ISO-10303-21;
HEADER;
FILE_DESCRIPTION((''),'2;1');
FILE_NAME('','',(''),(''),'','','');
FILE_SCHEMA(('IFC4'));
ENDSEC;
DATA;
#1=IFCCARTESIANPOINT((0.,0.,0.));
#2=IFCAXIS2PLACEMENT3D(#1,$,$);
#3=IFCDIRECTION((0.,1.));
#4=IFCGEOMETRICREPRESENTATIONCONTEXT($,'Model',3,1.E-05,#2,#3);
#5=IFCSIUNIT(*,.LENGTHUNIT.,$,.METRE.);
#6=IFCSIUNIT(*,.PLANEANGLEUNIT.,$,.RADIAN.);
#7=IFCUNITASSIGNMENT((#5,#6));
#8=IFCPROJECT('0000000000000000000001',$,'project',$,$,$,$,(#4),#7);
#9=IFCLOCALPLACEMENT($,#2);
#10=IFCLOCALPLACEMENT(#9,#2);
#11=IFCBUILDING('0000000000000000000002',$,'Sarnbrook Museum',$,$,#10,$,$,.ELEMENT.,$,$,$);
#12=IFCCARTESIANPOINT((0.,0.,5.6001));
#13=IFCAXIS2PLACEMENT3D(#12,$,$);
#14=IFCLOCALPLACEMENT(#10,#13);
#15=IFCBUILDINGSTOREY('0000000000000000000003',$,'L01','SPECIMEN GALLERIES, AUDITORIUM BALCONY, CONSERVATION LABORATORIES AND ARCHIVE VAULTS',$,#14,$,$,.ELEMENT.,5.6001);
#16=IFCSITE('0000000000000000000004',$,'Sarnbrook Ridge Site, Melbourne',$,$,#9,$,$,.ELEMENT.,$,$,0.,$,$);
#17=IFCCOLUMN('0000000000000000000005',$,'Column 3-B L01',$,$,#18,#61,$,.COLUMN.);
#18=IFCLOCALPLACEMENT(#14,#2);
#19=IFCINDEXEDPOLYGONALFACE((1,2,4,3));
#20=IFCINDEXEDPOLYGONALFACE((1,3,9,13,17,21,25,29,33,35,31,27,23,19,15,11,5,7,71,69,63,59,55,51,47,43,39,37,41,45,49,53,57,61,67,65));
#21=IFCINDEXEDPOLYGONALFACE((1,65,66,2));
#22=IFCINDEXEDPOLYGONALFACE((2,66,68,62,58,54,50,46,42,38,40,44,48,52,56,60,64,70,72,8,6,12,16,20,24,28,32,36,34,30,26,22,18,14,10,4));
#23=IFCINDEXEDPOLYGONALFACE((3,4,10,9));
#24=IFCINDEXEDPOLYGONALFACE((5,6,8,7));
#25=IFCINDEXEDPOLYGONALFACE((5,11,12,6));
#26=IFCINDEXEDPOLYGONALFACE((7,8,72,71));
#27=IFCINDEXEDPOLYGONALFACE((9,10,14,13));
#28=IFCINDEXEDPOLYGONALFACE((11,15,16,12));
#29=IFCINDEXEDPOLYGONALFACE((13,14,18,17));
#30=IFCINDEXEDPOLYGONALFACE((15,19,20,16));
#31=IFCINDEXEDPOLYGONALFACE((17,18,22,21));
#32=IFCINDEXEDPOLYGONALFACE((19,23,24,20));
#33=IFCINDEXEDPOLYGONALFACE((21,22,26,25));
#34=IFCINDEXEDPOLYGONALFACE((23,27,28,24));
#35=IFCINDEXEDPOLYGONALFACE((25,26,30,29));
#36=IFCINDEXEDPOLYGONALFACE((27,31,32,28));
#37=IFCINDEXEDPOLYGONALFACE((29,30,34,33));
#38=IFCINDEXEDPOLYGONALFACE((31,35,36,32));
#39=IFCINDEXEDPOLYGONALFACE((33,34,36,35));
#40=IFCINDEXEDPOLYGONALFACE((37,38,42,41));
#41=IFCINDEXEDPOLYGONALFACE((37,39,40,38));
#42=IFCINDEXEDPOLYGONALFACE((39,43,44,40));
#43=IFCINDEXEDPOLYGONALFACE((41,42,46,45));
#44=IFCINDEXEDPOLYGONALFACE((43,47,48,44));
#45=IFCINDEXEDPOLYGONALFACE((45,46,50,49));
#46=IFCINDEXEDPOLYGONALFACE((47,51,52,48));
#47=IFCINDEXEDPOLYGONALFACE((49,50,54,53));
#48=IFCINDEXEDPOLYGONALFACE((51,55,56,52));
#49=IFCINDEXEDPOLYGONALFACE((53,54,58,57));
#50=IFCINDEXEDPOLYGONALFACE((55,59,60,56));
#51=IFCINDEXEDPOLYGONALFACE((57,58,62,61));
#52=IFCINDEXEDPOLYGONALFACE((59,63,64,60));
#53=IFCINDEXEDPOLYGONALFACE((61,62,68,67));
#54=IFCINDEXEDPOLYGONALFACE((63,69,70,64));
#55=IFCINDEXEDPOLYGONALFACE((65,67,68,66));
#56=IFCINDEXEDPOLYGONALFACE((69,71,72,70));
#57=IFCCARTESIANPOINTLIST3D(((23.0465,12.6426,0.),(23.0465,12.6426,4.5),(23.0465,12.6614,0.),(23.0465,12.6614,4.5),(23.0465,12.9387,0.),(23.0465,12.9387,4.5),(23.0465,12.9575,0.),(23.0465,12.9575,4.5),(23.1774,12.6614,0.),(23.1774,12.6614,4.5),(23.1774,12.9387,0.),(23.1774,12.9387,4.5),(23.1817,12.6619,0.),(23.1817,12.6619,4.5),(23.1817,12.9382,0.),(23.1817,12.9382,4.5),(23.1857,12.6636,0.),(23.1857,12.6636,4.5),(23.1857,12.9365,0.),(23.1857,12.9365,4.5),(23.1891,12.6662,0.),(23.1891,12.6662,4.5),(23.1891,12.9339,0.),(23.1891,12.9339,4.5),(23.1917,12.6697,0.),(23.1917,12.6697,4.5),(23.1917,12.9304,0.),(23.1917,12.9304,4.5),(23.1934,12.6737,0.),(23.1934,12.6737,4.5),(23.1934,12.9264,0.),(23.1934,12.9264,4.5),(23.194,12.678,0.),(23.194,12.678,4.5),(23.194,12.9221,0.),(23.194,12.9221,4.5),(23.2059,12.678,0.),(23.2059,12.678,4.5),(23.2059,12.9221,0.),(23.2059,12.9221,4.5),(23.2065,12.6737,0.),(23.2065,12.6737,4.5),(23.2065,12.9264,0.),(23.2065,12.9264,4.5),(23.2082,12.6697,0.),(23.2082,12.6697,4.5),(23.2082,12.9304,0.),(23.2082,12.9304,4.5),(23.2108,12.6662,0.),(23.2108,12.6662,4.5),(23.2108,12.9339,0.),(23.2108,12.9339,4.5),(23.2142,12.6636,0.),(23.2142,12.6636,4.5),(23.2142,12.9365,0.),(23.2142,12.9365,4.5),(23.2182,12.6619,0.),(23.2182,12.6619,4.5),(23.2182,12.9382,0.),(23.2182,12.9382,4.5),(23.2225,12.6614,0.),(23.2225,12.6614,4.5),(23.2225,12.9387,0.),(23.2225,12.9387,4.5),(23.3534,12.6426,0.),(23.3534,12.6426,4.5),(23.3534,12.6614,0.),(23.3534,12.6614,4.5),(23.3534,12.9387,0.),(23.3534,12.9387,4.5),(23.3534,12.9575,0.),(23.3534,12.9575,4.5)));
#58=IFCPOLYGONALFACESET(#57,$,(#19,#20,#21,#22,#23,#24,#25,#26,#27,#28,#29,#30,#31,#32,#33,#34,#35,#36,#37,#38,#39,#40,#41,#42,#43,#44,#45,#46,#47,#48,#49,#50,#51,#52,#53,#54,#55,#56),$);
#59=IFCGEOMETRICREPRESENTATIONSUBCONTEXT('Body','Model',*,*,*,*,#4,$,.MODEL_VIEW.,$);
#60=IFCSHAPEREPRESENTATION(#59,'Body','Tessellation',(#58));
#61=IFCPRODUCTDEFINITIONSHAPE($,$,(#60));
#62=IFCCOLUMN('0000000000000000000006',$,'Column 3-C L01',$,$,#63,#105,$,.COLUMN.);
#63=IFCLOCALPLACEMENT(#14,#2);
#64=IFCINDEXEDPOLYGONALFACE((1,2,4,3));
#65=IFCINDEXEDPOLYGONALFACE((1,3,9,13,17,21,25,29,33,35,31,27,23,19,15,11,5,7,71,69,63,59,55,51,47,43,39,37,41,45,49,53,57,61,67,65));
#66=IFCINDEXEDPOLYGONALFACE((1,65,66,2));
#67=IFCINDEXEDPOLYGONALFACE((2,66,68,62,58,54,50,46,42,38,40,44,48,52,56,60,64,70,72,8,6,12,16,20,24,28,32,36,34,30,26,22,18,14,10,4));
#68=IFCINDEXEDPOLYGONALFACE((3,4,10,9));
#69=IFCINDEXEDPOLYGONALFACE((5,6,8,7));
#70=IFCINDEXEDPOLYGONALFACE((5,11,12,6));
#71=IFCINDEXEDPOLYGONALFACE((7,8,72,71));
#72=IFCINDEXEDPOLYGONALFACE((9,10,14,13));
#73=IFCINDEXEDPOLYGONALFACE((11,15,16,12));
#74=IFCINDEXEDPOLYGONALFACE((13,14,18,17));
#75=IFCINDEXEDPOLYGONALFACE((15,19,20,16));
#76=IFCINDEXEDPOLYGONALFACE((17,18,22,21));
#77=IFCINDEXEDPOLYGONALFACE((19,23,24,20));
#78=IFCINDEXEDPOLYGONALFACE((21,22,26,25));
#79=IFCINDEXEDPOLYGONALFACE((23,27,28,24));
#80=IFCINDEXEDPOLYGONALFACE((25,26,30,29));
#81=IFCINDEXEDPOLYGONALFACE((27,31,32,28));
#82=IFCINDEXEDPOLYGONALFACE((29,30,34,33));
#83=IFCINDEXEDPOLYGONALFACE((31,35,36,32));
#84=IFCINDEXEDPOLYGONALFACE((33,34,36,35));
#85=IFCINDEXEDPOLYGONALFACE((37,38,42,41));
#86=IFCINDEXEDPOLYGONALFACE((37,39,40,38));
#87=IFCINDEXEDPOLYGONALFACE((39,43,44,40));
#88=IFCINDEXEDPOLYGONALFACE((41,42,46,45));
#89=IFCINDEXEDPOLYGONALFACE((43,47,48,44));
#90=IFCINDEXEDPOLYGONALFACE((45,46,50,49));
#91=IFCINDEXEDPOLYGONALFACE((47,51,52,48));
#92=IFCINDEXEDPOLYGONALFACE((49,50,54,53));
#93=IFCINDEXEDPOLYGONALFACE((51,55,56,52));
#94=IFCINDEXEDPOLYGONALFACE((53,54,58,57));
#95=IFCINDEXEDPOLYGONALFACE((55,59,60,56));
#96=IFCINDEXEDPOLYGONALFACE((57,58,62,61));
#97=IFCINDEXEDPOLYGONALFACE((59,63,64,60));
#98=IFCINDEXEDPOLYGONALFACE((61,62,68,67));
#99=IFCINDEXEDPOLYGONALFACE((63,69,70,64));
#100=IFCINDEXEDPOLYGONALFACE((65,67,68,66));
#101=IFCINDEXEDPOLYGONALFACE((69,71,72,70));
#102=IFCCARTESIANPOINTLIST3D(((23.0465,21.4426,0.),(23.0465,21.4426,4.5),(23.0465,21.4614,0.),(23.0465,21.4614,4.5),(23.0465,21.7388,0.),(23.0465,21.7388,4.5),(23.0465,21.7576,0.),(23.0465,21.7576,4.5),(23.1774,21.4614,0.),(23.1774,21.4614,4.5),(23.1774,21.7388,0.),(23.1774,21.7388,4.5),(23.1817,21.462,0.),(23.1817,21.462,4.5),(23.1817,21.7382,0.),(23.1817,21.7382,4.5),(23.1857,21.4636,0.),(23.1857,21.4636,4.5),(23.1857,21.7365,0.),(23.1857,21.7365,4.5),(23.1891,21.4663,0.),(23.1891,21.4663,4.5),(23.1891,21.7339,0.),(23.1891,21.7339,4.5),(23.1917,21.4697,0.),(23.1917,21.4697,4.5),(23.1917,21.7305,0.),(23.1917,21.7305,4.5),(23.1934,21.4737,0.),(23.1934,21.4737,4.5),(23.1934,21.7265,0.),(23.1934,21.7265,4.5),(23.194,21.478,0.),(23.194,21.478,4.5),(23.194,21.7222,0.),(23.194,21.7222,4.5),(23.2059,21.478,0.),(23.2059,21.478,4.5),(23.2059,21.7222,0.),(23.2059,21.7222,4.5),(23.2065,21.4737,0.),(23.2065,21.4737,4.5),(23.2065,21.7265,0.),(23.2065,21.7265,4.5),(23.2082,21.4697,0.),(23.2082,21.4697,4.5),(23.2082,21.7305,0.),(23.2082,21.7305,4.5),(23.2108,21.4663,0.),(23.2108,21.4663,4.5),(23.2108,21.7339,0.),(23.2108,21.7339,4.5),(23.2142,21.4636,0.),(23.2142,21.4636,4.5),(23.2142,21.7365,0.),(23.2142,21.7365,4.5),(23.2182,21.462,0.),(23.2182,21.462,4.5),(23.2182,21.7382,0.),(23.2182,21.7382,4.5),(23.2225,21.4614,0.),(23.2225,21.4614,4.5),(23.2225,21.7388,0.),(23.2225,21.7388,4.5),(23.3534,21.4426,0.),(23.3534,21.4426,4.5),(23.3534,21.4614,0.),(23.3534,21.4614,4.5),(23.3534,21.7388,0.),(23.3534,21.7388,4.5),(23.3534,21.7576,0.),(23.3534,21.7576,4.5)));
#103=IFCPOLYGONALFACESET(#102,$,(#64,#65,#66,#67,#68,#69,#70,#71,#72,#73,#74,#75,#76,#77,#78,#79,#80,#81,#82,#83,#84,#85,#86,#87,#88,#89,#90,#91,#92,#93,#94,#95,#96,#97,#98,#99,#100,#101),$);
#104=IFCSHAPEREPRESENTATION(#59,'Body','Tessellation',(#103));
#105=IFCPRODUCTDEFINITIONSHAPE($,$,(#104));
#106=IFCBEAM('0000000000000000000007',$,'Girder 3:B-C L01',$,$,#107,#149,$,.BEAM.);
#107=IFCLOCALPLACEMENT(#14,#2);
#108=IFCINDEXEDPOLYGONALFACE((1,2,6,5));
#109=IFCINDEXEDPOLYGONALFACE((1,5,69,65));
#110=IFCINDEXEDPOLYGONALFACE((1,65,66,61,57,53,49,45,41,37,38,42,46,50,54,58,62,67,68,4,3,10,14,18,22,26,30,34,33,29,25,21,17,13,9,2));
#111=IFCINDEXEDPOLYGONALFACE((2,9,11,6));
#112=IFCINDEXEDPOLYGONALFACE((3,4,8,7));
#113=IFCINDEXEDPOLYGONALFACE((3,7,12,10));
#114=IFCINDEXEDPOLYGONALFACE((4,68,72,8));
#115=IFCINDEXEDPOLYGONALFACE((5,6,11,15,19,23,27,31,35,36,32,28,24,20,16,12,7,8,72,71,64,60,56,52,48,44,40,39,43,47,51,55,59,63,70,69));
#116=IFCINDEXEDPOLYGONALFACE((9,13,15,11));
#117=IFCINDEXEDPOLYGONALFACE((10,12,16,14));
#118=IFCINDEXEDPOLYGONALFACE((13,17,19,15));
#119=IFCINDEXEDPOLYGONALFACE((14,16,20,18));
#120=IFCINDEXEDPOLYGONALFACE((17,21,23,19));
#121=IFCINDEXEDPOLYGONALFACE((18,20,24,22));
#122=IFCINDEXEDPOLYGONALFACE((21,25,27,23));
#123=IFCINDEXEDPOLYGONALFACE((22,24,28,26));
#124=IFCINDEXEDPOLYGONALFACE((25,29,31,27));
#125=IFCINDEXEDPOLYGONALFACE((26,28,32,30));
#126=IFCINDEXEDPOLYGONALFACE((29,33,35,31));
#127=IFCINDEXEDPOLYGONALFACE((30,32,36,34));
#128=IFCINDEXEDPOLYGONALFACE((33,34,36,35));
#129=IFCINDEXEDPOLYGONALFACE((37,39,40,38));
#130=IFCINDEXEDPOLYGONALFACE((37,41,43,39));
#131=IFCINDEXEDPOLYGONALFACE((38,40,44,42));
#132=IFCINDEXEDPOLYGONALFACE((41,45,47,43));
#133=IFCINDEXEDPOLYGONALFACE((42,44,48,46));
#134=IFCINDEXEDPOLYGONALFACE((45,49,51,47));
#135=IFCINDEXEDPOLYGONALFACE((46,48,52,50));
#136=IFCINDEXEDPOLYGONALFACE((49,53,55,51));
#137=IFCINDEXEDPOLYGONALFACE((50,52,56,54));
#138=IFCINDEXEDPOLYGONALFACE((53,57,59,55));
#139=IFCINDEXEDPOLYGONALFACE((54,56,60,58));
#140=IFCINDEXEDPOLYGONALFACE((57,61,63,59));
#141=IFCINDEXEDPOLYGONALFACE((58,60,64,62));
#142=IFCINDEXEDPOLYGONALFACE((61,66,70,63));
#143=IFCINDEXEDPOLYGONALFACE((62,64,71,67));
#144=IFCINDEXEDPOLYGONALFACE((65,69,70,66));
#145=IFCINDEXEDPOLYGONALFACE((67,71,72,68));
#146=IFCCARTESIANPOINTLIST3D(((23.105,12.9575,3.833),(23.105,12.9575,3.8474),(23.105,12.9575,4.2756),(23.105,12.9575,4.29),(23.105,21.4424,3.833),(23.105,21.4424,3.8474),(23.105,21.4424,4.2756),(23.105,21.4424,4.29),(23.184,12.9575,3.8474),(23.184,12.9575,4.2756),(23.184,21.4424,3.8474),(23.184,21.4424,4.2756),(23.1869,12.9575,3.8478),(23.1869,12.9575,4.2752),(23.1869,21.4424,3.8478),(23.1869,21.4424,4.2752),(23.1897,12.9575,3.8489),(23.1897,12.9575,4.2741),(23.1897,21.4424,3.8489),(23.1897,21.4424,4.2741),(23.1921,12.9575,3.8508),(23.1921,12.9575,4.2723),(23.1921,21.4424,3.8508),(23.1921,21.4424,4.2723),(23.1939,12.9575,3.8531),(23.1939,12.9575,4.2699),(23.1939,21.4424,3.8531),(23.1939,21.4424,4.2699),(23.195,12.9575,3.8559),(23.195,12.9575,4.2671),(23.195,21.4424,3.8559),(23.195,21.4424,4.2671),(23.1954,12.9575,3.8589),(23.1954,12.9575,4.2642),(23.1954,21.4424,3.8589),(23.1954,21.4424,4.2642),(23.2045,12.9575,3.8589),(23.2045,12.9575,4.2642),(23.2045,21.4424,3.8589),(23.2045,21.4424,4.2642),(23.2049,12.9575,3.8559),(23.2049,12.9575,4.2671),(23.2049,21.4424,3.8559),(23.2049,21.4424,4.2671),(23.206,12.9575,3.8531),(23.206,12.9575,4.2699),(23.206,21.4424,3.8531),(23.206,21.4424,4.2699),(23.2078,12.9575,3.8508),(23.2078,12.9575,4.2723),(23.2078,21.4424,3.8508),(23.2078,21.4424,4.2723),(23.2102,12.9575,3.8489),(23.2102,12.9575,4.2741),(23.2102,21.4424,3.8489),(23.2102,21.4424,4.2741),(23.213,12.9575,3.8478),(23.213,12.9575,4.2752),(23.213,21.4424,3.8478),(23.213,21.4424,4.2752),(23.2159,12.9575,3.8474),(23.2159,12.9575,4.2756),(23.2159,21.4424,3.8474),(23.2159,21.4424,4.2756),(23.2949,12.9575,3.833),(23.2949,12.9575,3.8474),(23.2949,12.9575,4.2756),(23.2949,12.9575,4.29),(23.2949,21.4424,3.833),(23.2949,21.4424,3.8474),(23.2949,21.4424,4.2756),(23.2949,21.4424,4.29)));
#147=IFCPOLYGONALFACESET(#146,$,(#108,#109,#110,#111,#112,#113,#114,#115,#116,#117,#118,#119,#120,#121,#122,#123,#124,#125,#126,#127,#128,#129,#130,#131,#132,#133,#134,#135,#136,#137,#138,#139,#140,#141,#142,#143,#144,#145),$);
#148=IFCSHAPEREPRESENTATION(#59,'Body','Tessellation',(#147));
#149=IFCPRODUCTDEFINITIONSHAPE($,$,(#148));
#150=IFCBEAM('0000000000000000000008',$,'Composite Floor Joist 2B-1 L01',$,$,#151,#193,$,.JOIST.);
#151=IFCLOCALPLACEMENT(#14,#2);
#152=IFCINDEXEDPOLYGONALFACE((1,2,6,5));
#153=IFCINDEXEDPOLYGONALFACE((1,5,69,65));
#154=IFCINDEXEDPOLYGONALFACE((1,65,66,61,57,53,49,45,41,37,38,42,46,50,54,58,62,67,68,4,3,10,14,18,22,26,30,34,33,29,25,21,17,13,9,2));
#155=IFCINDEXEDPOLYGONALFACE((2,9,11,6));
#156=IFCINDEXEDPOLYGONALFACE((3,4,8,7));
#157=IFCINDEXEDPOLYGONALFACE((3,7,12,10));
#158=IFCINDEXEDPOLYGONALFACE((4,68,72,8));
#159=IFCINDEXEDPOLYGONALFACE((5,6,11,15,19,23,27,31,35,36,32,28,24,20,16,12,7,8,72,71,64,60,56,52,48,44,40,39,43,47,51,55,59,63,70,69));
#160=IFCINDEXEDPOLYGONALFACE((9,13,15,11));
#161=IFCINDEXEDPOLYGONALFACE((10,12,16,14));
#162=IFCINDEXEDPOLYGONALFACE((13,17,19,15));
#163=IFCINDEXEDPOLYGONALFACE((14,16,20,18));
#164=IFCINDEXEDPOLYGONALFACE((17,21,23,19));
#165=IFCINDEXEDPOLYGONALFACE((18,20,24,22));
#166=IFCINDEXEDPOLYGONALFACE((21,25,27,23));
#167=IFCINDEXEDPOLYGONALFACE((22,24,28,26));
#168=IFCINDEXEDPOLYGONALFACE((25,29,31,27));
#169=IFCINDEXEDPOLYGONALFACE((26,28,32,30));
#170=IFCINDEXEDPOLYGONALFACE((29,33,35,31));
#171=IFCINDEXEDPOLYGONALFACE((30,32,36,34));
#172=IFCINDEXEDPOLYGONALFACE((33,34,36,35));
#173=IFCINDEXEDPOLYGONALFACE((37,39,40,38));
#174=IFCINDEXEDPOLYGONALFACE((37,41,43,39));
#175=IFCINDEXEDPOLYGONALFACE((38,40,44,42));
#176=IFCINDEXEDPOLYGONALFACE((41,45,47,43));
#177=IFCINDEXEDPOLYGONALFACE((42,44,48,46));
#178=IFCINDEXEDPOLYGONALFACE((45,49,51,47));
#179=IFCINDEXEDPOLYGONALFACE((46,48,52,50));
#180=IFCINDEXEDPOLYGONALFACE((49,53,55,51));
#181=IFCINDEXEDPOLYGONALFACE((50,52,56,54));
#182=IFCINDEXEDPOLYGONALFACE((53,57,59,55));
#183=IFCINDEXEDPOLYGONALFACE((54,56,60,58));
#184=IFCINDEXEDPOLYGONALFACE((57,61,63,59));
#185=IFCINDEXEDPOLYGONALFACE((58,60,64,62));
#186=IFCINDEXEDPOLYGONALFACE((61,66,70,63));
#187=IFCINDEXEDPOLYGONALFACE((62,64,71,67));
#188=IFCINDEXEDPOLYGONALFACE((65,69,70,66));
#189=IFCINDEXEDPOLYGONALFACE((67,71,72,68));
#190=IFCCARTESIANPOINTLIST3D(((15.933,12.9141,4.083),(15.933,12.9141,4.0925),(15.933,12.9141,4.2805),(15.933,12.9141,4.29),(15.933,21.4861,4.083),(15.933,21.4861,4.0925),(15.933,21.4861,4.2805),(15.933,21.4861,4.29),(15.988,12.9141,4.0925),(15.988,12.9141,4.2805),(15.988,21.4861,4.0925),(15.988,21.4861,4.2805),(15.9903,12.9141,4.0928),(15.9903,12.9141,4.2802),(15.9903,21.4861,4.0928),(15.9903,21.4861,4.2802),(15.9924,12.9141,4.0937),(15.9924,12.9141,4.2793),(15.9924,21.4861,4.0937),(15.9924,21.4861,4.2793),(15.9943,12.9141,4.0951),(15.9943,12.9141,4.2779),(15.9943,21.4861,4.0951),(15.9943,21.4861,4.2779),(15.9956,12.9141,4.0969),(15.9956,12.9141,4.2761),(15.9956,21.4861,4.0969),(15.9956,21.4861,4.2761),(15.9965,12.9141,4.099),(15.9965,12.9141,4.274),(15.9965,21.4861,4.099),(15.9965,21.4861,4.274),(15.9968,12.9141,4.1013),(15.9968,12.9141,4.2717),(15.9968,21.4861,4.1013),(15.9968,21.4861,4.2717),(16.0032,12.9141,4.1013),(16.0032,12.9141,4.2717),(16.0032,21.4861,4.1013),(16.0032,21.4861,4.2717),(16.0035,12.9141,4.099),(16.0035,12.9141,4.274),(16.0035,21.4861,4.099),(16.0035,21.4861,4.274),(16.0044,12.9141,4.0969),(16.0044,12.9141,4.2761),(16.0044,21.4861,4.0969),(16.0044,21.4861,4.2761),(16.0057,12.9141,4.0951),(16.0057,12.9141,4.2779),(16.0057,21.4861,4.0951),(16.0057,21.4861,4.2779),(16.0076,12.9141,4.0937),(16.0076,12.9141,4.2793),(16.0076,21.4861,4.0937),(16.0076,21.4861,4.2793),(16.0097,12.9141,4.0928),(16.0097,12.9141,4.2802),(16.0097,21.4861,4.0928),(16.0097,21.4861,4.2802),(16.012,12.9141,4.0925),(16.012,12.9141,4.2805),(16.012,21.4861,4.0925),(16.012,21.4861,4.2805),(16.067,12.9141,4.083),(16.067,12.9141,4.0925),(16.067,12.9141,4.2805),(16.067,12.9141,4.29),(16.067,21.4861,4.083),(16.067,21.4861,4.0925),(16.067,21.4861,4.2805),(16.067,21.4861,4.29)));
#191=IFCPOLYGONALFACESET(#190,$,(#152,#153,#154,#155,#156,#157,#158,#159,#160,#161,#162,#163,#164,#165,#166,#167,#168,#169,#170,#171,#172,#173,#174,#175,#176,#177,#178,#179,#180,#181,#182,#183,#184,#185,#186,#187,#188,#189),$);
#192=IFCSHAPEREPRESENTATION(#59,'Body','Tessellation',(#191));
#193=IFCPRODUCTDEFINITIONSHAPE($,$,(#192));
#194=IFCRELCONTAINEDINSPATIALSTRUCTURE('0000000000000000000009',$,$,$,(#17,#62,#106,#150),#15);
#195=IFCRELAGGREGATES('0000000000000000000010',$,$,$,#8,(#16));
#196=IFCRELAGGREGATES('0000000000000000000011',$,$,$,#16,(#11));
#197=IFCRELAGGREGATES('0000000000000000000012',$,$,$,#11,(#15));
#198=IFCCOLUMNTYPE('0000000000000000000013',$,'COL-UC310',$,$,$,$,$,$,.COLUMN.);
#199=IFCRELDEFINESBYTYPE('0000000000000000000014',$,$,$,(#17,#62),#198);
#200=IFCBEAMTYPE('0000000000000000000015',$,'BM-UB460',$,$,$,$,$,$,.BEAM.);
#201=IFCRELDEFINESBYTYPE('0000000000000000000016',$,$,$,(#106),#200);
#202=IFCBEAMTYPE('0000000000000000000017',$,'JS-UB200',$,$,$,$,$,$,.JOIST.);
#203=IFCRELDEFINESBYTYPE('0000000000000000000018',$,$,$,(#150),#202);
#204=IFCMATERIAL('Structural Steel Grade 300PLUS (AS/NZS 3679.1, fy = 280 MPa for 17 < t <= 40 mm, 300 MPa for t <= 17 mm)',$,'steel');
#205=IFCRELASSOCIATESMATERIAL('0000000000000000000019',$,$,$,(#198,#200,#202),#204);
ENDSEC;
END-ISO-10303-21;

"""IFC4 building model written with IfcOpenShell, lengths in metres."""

from ifc_helpers import new_model, si_unit, direction, frame, origin, origin_2d, place, context, subcontext, project, spatial, i_section, extrude, material, material_profile, profile_set, type_object, element, save


model = new_model("IFC4")

# Units and contexts
model_context = context("Model", 3, precision=1e-05, world=origin(), true_north=direction((0.0, 1.0)))
body_context = subcontext(model_context, "Body", "Model", "MODEL_VIEW")
ifc_project = project(units=[si_unit("LENGTHUNIT", "METRE"), si_unit("PLANEANGLEUNIT", "RADIAN")], contexts=[model_context])

# Site, building, storey
site_placement = place(None, origin())
site = spatial("IfcSite", under=ifc_project, at=site_placement, Name="Sarnbrook Ridge Site, Melbourne", CompositionType="ELEMENT", RefElevation=0.0)
building_placement = place(site_placement, origin())
building = spatial("IfcBuilding", under=site, at=building_placement, Name="Sarnbrook Museum", CompositionType="ELEMENT")
storey_placement = place(building_placement, frame((0.0, 0.0, 5.6001)))
storey = spatial("IfcBuildingStorey", under=building, at=storey_placement, Name="L01", Description="SPECIMEN GALLERIES, AUDITORIUM BALCONY, CONSERVATION LABORATORIES AND ARCHIVE VAULTS", CompositionType="ELEMENT", Elevation=5.6001)

# Columns
ifc_material_1 = material(Name="Structural Steel Grade 300PLUS (AS/NZS 3679.1, fy = 280 MPa for 17 < t <= 40 mm, 300 MPa for t <= 17 mm)", Category="steel")
ifc_material_profile_1 = material_profile(ifc_material_1, i_section(OverallWidth=0.3069, OverallDepth=0.3149, WebThickness=0.012, FlangeThickness=0.0188, FilletRadius=0.0166, at=origin_2d()), Name="310UC118")
ifc_profile_set_1 = profile_set([ifc_material_profile_1], Name="Structural Steel Grade 300PLUS (AS/NZS 3679.1, fy = 280 MPa for 17 < t <= 40 mm, 300 MPa for t <= 17 mm)")
column_type = type_object("IfcColumnType", Name="COL-UC310", PredefinedType="COLUMN", material=ifc_profile_set_1)
for number, where, z_axis, x_axis, name in (
    (1, (23.2, 12.8, 0.0), (0.0, 0.0, 1.0), (1.0, 0.0, 0.0), "Column 3-B L01"),
    (2, (23.2, 21.6001, 0.0), (0.0, 0.0, 1.0), (1.0, 0.0, 0.0), "Column 3-C L01"),
):
    element("IfcColumn", number, at=place(storey_placement, frame(where, z_axis=z_axis, x_axis=x_axis)), inside=storey, type_object=column_type, Name=name, PredefinedType="COLUMN", context=body_context, shape_type="SweptSolid", body=[
        extrude(i_section(OverallWidth=0.3069, OverallDepth=0.3149, WebThickness=0.012, FlangeThickness=0.0188, FilletRadius=0.0166, at=origin_2d()), origin(), (0.0, 0.0, 1.0), 4.5),
    ])

# Beams
ifc_material_profile_2 = material_profile(ifc_material_1, i_section(OverallWidth=0.1899, OverallDepth=0.457, WebThickness=0.009, FlangeThickness=0.0144, FilletRadius=0.0115, at=origin_2d()), Name="460UB74.6")
ifc_profile_set_2 = profile_set([ifc_material_profile_2], Name="Structural Steel Grade 300PLUS (AS/NZS 3679.1, fy = 280 MPa for 17 < t <= 40 mm, 300 MPa for t <= 17 mm)")
beam_type_1 = type_object("IfcBeamType", Name="BM-UB460", PredefinedType="BEAM", material=ifc_profile_set_2)
beam_placement = place(storey_placement, frame((23.2, 12.9575, 4.0615), z_axis=(0.0, 1.0, 0.0), x_axis=(-1.0, 0.0, 0.0)))
element("IfcBeam", 3, at=beam_placement, inside=storey, type_object=beam_type_1, Name="Girder 3:B-C L01", PredefinedType="BEAM", context=body_context, shape_type="SweptSolid", body=[
    extrude(i_section(OverallWidth=0.1899, OverallDepth=0.457, WebThickness=0.009, FlangeThickness=0.0144, FilletRadius=0.0115, at=origin_2d()), origin(), (0.0, 0.0, 1.0), 8.4849),
])
ifc_material_profile_3 = material_profile(ifc_material_1, i_section(OverallWidth=0.134, OverallDepth=0.207, WebThickness=0.0063, FlangeThickness=0.0095, FilletRadius=0.0088, at=origin_2d()), Name="200UB29.8")
ifc_profile_set_3 = profile_set([ifc_material_profile_3], Name="Structural Steel Grade 300PLUS (AS/NZS 3679.1, fy = 280 MPa for 17 < t <= 40 mm, 300 MPa for t <= 17 mm)")
beam_type_2 = type_object("IfcBeamType", Name="JS-UB200", PredefinedType="JOIST", material=ifc_profile_set_3)
for number, where, z_axis, x_axis, name in (
    (4, (16.0, 12.9141, 4.1865), (0.0, 1.0, 0.0), (-1.0, 0.0, 0.0), "Composite Floor Joist 2B-1 L01"),
):
    element("IfcBeam", number, at=place(storey_placement, frame(where, z_axis=z_axis, x_axis=x_axis)), inside=storey, type_object=beam_type_2, Name=name, PredefinedType="JOIST", context=body_context, shape_type="SweptSolid", body=[
        extrude(i_section(OverallWidth=0.134, OverallDepth=0.207, WebThickness=0.0063, FlangeThickness=0.0095, FilletRadius=0.0088, at=origin_2d()), origin(), (0.0, 0.0, 1.0), 8.572),
    ])

save(model, "model.ifc")
